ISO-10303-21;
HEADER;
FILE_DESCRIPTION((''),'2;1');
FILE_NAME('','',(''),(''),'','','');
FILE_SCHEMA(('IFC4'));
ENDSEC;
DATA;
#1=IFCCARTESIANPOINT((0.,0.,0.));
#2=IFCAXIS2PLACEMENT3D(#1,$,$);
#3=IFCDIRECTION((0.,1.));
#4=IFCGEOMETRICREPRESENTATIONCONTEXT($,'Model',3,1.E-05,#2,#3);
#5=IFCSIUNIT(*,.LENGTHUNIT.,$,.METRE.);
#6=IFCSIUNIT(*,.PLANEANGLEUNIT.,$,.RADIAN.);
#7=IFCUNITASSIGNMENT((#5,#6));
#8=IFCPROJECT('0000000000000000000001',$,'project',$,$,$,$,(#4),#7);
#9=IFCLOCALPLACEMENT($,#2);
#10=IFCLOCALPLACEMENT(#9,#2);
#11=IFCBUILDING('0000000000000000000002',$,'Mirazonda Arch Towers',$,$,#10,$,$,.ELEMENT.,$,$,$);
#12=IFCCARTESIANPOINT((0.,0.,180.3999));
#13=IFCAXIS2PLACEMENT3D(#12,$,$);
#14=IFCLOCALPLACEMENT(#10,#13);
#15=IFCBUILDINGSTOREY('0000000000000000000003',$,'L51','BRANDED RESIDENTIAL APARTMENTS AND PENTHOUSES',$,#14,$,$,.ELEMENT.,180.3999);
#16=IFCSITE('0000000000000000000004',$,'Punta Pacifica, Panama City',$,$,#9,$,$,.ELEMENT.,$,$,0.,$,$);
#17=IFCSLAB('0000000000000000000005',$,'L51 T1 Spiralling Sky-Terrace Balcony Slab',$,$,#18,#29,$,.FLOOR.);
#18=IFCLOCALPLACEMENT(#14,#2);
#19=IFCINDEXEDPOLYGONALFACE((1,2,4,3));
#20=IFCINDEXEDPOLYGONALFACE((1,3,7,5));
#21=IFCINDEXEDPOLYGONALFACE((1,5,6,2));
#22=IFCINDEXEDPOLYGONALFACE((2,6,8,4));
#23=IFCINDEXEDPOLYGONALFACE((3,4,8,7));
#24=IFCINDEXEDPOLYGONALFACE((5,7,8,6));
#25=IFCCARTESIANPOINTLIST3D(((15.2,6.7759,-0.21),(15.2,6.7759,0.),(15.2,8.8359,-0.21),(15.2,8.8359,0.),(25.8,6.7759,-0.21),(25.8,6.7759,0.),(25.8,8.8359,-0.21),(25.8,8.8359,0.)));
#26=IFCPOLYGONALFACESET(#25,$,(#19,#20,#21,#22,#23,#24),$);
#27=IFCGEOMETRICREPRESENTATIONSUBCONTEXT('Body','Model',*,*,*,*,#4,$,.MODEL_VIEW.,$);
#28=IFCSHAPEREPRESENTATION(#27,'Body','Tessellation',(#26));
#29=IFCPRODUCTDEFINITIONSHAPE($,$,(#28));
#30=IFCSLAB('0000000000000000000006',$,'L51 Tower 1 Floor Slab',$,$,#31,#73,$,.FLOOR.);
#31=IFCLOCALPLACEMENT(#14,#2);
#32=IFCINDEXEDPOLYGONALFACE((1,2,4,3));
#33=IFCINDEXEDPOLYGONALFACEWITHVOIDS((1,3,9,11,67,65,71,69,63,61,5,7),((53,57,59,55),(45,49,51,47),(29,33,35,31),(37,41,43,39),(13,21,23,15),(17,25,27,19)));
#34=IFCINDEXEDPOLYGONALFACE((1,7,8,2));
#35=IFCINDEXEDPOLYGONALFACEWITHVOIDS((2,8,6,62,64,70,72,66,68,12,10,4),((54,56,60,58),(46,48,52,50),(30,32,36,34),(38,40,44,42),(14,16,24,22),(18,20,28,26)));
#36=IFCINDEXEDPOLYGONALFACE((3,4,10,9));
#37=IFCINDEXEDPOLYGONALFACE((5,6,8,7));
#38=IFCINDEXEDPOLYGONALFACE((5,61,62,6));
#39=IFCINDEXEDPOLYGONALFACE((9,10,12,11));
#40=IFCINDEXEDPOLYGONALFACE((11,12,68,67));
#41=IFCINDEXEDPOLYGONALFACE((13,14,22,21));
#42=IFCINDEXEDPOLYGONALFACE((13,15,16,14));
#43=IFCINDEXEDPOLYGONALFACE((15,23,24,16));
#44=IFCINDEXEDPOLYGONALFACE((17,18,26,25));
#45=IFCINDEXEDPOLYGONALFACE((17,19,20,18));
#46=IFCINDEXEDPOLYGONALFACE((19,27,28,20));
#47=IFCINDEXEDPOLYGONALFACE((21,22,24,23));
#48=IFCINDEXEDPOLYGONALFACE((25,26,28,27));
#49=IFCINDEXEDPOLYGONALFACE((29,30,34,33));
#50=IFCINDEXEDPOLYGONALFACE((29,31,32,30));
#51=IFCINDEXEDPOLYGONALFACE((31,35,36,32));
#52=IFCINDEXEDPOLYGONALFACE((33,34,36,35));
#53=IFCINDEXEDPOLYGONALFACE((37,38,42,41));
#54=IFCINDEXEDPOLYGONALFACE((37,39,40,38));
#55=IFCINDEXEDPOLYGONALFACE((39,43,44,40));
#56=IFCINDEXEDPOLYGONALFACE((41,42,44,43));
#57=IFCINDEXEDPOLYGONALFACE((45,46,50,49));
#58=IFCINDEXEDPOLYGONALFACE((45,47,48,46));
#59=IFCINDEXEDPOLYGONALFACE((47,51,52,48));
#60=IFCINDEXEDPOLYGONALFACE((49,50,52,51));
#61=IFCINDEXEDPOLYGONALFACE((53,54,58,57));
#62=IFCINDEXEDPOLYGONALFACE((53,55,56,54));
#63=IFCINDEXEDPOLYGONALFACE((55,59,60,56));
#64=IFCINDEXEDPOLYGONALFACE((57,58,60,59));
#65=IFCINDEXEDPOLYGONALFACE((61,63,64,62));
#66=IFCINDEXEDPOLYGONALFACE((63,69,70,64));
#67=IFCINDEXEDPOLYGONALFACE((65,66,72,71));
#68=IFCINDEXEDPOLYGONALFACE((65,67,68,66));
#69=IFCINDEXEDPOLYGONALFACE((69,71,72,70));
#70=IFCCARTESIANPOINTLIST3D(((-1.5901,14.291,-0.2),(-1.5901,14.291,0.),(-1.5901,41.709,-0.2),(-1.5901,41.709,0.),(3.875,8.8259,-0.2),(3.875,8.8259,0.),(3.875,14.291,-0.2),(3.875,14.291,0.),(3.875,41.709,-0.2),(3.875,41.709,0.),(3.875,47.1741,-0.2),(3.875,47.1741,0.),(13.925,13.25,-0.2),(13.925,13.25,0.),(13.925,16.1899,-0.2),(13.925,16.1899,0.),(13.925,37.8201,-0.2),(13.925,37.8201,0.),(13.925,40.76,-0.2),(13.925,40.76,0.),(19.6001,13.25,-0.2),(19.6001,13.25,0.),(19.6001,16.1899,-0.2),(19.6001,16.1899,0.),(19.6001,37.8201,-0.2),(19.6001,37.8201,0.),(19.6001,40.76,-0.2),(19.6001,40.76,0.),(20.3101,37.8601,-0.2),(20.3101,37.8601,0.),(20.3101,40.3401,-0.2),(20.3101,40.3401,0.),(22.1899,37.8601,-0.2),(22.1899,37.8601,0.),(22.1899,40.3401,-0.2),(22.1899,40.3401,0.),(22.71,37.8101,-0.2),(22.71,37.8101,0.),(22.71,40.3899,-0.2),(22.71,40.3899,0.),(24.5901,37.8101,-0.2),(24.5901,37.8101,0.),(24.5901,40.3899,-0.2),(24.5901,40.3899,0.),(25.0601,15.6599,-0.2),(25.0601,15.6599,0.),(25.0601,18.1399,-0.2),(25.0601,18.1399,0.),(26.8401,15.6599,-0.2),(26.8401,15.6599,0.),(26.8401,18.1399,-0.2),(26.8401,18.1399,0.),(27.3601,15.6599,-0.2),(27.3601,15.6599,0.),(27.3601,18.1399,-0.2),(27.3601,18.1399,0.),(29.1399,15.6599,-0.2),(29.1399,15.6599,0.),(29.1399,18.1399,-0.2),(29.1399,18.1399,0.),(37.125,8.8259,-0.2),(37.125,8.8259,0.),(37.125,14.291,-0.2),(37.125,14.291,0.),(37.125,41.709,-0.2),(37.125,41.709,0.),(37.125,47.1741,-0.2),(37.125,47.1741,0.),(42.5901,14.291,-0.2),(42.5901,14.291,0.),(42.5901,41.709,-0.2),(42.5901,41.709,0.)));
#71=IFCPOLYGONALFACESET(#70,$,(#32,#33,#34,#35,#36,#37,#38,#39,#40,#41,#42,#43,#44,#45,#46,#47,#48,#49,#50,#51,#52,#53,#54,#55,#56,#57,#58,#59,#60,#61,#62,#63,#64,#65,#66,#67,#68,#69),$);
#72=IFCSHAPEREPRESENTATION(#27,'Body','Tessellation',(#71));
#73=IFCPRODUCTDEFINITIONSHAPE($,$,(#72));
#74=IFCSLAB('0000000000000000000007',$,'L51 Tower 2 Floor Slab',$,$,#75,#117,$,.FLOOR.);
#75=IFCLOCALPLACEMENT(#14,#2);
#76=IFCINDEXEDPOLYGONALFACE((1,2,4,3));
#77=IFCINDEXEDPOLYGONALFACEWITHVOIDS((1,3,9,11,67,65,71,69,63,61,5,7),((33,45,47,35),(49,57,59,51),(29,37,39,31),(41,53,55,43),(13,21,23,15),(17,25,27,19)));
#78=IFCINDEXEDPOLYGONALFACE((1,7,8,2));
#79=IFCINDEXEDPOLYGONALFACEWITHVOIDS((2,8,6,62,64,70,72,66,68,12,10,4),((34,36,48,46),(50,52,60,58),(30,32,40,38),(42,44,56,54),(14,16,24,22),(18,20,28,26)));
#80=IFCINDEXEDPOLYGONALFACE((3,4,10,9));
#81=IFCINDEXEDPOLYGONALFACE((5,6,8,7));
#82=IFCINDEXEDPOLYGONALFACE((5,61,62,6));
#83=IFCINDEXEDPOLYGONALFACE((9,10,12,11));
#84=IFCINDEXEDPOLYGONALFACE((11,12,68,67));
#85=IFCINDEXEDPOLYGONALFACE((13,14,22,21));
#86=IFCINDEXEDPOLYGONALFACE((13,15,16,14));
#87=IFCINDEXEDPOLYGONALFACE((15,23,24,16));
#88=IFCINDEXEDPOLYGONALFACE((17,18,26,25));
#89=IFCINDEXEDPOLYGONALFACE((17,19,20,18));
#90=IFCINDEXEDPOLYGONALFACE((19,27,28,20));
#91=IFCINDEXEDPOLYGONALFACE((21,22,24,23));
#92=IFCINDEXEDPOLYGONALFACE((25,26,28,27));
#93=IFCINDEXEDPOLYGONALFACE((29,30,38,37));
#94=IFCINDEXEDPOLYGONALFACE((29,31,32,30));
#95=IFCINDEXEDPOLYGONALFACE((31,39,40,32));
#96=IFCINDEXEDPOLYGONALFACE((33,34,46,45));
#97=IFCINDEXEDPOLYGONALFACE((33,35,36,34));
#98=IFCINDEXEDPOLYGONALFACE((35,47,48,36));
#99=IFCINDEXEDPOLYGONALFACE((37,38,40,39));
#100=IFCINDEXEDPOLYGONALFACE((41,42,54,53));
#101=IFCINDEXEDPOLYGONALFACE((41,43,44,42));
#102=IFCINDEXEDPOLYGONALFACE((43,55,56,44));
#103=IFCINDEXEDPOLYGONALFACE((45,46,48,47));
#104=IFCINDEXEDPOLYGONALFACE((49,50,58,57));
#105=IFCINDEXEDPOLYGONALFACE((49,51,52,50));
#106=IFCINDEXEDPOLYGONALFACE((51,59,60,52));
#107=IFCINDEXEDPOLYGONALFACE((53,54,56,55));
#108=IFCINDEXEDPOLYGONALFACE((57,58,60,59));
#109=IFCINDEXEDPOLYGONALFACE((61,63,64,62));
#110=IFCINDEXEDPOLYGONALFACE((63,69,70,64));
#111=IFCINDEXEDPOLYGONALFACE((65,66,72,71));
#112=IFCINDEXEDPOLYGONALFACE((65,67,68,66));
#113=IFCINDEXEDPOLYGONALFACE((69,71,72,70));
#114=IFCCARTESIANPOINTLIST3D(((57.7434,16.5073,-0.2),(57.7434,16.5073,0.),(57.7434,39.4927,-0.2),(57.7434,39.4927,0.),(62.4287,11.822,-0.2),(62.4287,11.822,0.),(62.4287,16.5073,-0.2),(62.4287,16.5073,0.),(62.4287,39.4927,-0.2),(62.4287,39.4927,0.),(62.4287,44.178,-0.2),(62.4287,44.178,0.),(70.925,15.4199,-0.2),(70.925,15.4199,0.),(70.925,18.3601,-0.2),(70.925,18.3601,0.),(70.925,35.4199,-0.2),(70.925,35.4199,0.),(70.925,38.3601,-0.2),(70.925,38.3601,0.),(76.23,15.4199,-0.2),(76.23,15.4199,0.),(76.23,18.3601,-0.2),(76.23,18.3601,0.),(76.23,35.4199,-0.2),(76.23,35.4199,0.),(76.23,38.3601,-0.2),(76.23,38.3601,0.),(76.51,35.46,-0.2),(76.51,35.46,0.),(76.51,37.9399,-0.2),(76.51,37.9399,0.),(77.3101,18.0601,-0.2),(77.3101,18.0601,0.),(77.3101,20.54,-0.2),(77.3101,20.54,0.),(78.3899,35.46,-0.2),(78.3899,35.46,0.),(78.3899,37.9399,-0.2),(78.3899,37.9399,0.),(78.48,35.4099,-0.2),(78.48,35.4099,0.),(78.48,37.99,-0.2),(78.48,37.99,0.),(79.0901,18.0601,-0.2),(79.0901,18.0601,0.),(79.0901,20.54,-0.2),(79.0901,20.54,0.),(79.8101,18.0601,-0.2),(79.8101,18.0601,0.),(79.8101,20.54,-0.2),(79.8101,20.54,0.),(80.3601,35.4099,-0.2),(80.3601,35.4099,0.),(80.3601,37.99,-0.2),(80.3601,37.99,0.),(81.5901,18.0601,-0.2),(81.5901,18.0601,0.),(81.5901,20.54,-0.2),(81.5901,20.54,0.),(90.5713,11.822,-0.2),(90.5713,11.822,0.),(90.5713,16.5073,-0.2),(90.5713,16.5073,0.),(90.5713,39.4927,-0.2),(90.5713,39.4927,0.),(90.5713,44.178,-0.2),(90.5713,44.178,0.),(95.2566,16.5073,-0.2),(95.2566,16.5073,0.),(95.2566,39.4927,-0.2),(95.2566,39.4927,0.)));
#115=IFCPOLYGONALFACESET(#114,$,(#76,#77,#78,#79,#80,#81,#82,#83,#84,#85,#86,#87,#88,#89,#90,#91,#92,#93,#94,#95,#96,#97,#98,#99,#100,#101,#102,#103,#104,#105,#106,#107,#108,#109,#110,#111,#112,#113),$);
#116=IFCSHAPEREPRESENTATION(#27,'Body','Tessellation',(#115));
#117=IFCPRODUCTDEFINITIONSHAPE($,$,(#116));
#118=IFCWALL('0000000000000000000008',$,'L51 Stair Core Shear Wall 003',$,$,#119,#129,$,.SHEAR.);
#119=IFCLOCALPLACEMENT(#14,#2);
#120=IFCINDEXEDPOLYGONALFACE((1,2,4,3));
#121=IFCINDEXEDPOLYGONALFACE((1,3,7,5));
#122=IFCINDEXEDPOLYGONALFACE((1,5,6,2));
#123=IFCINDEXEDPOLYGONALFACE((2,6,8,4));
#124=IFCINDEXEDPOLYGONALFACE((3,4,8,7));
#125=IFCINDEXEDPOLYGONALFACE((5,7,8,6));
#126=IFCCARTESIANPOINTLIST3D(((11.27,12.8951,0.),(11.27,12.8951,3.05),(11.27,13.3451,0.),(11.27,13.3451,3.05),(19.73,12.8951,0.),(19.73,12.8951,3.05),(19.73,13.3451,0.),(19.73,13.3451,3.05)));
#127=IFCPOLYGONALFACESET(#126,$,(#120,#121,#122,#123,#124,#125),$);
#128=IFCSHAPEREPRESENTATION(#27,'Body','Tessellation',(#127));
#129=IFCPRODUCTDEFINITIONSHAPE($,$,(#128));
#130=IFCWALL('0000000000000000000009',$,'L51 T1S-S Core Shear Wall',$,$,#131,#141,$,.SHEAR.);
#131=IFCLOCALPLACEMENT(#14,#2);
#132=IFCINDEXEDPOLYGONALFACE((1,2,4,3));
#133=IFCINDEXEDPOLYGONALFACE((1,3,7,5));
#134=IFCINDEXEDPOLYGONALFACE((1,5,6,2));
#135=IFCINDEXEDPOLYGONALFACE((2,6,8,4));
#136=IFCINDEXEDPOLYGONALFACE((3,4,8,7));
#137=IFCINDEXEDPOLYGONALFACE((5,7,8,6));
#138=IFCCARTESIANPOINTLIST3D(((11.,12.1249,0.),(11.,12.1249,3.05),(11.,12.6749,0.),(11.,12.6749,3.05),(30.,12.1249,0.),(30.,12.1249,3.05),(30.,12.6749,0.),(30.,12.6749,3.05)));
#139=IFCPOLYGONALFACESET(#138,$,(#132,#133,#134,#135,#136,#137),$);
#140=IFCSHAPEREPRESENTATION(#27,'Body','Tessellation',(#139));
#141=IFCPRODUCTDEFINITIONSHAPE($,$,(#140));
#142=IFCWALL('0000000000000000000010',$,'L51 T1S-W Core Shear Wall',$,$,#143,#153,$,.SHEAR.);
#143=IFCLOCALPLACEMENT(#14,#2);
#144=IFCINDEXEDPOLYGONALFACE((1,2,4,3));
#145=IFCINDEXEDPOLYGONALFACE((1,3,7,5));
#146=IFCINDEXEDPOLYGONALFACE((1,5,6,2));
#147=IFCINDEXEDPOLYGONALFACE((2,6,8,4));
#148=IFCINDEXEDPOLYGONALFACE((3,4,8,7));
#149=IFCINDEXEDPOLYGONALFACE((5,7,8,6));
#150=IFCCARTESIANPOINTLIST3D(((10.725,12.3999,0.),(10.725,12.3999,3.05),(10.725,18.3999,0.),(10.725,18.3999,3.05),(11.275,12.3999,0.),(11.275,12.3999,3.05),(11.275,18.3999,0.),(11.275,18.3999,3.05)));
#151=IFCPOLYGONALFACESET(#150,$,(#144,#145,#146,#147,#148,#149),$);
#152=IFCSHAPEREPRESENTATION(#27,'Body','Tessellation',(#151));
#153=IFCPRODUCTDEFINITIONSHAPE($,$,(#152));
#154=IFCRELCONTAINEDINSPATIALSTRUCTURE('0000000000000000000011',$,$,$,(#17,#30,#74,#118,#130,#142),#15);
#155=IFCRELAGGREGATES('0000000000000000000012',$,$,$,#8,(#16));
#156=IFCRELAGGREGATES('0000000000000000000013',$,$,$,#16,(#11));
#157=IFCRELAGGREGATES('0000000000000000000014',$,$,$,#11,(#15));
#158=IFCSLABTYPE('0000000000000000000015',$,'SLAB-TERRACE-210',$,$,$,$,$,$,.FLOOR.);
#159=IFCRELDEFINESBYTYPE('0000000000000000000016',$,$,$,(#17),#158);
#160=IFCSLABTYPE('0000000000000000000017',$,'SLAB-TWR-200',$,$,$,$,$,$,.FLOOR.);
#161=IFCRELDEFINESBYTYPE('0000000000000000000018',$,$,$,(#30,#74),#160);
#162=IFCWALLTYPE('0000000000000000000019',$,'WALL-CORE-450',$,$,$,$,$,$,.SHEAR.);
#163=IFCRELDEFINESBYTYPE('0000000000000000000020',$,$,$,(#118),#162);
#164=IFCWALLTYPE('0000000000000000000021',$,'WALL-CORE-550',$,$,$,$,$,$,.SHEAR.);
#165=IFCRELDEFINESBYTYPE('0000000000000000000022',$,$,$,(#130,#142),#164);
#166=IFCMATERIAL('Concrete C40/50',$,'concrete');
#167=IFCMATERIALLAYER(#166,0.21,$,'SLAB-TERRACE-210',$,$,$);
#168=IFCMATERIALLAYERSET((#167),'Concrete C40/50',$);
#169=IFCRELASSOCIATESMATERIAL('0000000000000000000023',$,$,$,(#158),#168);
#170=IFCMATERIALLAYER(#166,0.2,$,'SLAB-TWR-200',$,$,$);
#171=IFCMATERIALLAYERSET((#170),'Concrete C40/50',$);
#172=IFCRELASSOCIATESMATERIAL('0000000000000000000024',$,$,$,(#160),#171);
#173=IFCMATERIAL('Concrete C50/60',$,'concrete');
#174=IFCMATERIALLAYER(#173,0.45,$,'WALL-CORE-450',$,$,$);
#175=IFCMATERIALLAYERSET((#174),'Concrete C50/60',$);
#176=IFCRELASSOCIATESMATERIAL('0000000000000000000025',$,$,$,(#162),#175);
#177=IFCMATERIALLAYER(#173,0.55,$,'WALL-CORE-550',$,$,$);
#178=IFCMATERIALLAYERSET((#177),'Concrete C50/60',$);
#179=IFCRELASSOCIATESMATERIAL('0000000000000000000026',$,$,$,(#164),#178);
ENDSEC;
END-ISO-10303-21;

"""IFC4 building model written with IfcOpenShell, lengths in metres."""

from ifc_helpers import new_model, si_unit, direction, frame, frame_2d, origin, place, context, subcontext, project, spatial, polyline, rectangle, outline, extrude, material, layer, layer_set, type_object, element, save


model = new_model("IFC4")

# Units and contexts
model_context = context("Model", 3, precision=1e-05, world=origin(), true_north=direction((0.0, 1.0)))
body_context = subcontext(model_context, "Body", "Model", "MODEL_VIEW")
ifc_project = project(units=[si_unit("LENGTHUNIT", "METRE"), si_unit("PLANEANGLEUNIT", "RADIAN")], contexts=[model_context])

# Site, building, storey
site_placement = place(None, origin())
site = spatial("IfcSite", under=ifc_project, at=site_placement, Name="Punta Pacifica, Panama City", CompositionType="ELEMENT", RefElevation=0.0)
building_placement = place(site_placement, origin())
building = spatial("IfcBuilding", under=site, at=building_placement, Name="Mirazonda Arch Towers", CompositionType="ELEMENT")
storey_placement = place(building_placement, frame((0.0, 0.0, 180.3999)))
storey = spatial("IfcBuildingStorey", under=building, at=storey_placement, Name="L51", Description="BRANDED RESIDENTIAL APARTMENTS AND PENTHOUSES", CompositionType="ELEMENT", Elevation=180.3999)

# Shared definitions
ifc_material_1 = material(Name="Concrete C50/60", Category="concrete")

# Shared definitions
ifc_material_2 = material(Name="Concrete C40/50", Category="concrete")

# Slabs
ifc_layer_1 = layer(ifc_material_2, 0.21, Name="SLAB-TERRACE-210")
ifc_layer_set_1 = layer_set([ifc_layer_1], Name="Concrete C40/50")
slab_type_1 = type_object("IfcSlabType", Name="SLAB-TERRACE-210", PredefinedType="FLOOR", material=ifc_layer_set_1)
slab_1_placement = place(storey_placement, frame((0.0, 0.0, -0.21)))
element("IfcSlab", 1, at=slab_1_placement, inside=storey, type_object=slab_type_1, Name="L51 T1 Spiralling Sky-Terrace Balcony Slab", PredefinedType="FLOOR", context=body_context, shape_type="SweptSolid", body=[
    extrude(outline(polyline([(15.2, 6.7759), (25.8, 6.7759), (25.8, 8.8359), (15.2, 8.8359), (15.2, 6.7759)])), origin(), (0.0, 0.0, 1.0), 0.21),
])
ifc_layer_2 = layer(ifc_material_2, 0.2, Name="SLAB-TWR-200")
ifc_layer_set_2 = layer_set([ifc_layer_2], Name="Concrete C40/50")
slab_type_2 = type_object("IfcSlabType", Name="SLAB-TWR-200", PredefinedType="FLOOR", material=ifc_layer_set_2)
slab_2_placement = place(storey_placement, frame((0.0, 0.0, -0.2)))
element("IfcSlab", 2, at=slab_2_placement, inside=storey, type_object=slab_type_2, Name="L51 Tower 1 Floor Slab", PredefinedType="FLOOR", context=body_context, shape_type="SweptSolid", body=[
    extrude(outline(polyline([(3.875, 8.8259), (37.125, 8.8259), (37.125, 14.291), (42.5901, 14.291), (42.5901, 41.709), (37.125, 41.709), (37.125, 47.1741), (3.875, 47.1741), (3.875, 41.709), (-1.5901, 41.709), (-1.5901, 14.291), (3.875, 14.291), (3.875, 8.8259)]), holes=[polyline([(27.3601, 18.1399), (29.1399, 18.1399), (29.1399, 15.6599), (27.3601, 15.6599), (27.3601, 18.1399)]), polyline([(25.0601, 18.1399), (26.8401, 18.1399), (26.8401, 15.6599), (25.0601, 15.6599), (25.0601, 18.1399)]), polyline([(22.71, 40.3899), (24.5901, 40.3899), (24.5901, 37.8101), (22.71, 37.8101), (22.71, 40.3899)]), polyline([(20.3101, 37.8601), (20.3101, 40.3401), (22.1899, 40.3401), (22.1899, 37.8601), (20.3101, 37.8601)]), polyline([(19.6001, 13.25), (13.925, 13.25), (13.925, 16.1899), (19.6001, 16.1899), (19.6001, 13.25)]), polyline([(13.925, 37.8201), (13.925, 40.76), (19.6001, 40.76), (19.6001, 37.8201), (13.925, 37.8201)])]), origin(), (0.0, 0.0, 1.0), 0.2),
])
slab_3_placement = place(storey_placement, frame((0.0, 0.0, -0.2)))
element("IfcSlab", 3, at=slab_3_placement, inside=storey, type_object=slab_type_2, Name="L51 Tower 2 Floor Slab", PredefinedType="FLOOR", context=body_context, shape_type="SweptSolid", body=[
    extrude(outline(polyline([(62.4287, 11.822), (90.5713, 11.822), (90.5713, 16.5073), (95.2566, 16.5073), (95.2566, 39.4927), (90.5713, 39.4927), (90.5713, 44.178), (62.4287, 44.178), (62.4287, 39.4927), (57.7434, 39.4927), (57.7434, 16.5073), (62.4287, 16.5073), (62.4287, 11.822)]), holes=[polyline([(79.8101, 20.54), (81.5901, 20.54), (81.5901, 18.0601), (79.8101, 18.0601), (79.8101, 20.54)]), polyline([(78.48, 37.99), (80.3601, 37.99), (80.3601, 35.4099), (78.48, 35.4099), (78.48, 37.99)]), polyline([(77.3101, 20.54), (79.0901, 20.54), (79.0901, 18.0601), (77.3101, 18.0601), (77.3101, 20.54)]), polyline([(76.51, 35.46), (76.51, 37.9399), (78.3899, 37.9399), (78.3899, 35.46), (76.51, 35.46)]), polyline([(76.23, 15.4199), (70.925, 15.4199), (70.925, 18.3601), (76.23, 18.3601), (76.23, 15.4199)]), polyline([(70.925, 35.4199), (70.925, 38.3601), (76.23, 38.3601), (76.23, 35.4199), (70.925, 35.4199)])]), origin(), (0.0, 0.0, 1.0), 0.2),
])

# Walls
ifc_layer_3 = layer(ifc_material_1, 0.45, Name="WALL-CORE-450")
ifc_layer_set_3 = layer_set([ifc_layer_3], Name="Concrete C50/60")
wall_type_1 = type_object("IfcWallType", Name="WALL-CORE-450", PredefinedType="SHEAR", material=ifc_layer_set_3)
wall_1_placement = place(storey_placement, frame((11.27, 13.1201, 0.0), z_axis=(0.0, 0.0, 1.0), x_axis=(1.0, 0.0, 0.0)))
element("IfcWall", 4, at=wall_1_placement, inside=storey, type_object=wall_type_1, Name="L51 Stair Core Shear Wall 003", PredefinedType="SHEAR", context=body_context, shape_type="SweptSolid", body=[
    extrude(rectangle(XDim=8.46, YDim=0.45, at=frame_2d((4.23, 0.0))), origin(), (0.0, 0.0, 1.0), 3.05),
])
ifc_layer_4 = layer(ifc_material_1, 0.55, Name="WALL-CORE-550")
ifc_layer_set_4 = layer_set([ifc_layer_4], Name="Concrete C50/60")
wall_type_2 = type_object("IfcWallType", Name="WALL-CORE-550", PredefinedType="SHEAR", material=ifc_layer_set_4)
wall_2_placement = place(storey_placement, frame((11.0, 12.3999, 0.0), z_axis=(0.0, 0.0, 1.0), x_axis=(1.0, 0.0, 0.0)))
element("IfcWall", 5, at=wall_2_placement, inside=storey, type_object=wall_type_2, Name="L51 T1S-S Core Shear Wall", PredefinedType="SHEAR", context=body_context, shape_type="SweptSolid", body=[
    extrude(rectangle(XDim=19.0, YDim=0.55, at=frame_2d((9.5, 0.0))), origin(), (0.0, 0.0, 1.0), 3.05),
])
wall_3_placement = place(storey_placement, frame((11.0, 12.3999, 0.0), z_axis=(0.0, 0.0, 1.0), x_axis=(0.0, 1.0, 0.0)))
element("IfcWall", 6, at=wall_3_placement, inside=storey, type_object=wall_type_2, Name="L51 T1S-W Core Shear Wall", PredefinedType="SHEAR", context=body_context, shape_type="SweptSolid", body=[
    extrude(rectangle(XDim=6.0, YDim=0.55, at=frame_2d((3.0, 0.0))), origin(), (0.0, 0.0, 1.0), 3.05),
])

save(model, "model.ifc")
